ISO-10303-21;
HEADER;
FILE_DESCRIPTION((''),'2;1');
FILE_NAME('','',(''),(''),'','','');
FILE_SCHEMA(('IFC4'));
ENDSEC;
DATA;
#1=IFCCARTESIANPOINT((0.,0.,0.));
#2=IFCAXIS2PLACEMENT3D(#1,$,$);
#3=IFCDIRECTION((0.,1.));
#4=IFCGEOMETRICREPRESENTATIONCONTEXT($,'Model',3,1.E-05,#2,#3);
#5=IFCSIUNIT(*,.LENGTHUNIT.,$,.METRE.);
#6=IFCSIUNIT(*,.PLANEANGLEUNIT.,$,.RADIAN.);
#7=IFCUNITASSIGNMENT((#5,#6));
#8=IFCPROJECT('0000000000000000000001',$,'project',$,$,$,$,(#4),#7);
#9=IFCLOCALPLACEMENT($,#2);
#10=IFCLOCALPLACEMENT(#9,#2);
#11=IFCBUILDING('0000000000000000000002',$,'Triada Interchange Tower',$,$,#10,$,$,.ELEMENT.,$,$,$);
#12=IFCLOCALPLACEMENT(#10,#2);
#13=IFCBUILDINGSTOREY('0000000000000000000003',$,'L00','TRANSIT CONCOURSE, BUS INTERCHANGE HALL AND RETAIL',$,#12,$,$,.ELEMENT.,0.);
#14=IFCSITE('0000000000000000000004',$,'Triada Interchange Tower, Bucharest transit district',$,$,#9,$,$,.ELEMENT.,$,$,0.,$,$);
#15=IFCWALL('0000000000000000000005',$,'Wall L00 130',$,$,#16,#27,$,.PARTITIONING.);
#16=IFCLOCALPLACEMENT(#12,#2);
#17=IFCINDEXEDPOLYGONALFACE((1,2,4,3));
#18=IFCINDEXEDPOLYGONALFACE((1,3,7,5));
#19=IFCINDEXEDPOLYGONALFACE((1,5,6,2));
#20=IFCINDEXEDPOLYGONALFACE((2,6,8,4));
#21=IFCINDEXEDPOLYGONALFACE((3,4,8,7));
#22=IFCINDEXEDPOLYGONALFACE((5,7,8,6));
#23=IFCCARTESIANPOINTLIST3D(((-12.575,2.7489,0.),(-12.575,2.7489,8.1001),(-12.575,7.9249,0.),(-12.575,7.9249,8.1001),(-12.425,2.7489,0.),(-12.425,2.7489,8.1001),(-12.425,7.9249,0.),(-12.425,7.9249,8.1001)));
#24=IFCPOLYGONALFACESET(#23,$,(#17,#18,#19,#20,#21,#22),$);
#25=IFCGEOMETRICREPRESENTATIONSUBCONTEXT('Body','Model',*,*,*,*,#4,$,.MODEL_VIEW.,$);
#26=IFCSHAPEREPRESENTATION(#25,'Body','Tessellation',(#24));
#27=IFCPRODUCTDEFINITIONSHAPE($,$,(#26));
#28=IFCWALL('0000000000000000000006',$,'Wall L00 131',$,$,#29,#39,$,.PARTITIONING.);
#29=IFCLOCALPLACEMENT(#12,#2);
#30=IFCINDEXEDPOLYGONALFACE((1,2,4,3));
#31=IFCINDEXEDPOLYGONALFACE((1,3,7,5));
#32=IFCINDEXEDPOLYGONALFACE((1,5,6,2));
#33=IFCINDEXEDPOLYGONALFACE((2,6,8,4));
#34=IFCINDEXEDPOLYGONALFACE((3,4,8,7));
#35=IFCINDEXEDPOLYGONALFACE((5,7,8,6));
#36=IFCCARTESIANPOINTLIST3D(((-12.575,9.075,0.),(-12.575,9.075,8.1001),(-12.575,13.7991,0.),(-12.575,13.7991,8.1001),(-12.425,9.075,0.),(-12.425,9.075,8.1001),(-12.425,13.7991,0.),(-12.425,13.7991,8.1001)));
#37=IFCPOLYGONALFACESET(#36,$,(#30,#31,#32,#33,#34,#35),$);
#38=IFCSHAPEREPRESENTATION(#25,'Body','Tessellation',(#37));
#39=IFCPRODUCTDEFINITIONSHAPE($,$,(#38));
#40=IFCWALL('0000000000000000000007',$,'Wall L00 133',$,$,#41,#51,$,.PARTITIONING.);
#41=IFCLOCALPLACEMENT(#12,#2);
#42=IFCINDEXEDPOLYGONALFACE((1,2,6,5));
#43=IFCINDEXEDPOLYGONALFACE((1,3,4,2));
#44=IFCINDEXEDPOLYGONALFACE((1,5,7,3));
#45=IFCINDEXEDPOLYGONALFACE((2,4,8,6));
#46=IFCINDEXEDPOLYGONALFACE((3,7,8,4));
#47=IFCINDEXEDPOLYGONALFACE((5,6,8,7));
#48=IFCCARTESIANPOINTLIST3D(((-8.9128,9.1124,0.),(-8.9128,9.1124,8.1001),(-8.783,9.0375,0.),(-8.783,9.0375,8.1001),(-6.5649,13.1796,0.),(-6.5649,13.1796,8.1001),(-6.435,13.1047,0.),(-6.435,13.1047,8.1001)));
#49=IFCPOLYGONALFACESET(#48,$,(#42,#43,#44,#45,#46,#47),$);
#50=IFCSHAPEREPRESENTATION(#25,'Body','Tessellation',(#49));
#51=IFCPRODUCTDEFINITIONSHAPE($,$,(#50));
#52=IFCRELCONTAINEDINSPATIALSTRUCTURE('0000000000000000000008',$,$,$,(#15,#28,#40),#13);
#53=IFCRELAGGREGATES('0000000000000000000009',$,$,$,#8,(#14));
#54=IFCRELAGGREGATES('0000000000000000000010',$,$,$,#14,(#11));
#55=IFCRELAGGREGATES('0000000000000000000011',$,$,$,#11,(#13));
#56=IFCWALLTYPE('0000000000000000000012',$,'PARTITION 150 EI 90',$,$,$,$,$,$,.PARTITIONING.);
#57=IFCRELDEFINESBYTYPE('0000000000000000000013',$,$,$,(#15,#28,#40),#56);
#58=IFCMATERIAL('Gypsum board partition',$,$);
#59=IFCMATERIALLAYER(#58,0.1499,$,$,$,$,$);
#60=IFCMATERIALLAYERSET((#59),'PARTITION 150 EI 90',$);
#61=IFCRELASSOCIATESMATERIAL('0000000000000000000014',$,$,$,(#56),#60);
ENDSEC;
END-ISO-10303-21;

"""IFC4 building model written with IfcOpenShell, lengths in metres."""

from ifc_helpers import new_model, si_unit, direction, frame, frame_2d, origin, place, context, subcontext, project, spatial, rectangle, extrude, material, layer, layer_set, type_object, element, save


model = new_model("IFC4")

# Units and contexts
model_context = context("Model", 3, precision=1e-05, world=origin(), true_north=direction((0.0, 1.0)))
body_context = subcontext(model_context, "Body", "Model", "MODEL_VIEW")
ifc_project = project(units=[si_unit("LENGTHUNIT", "METRE"), si_unit("PLANEANGLEUNIT", "RADIAN")], contexts=[model_context])

# Site, building, storey
site_placement = place(None, origin())
site = spatial("IfcSite", under=ifc_project, at=site_placement, Name="Triada Interchange Tower, Bucharest transit district", CompositionType="ELEMENT", RefElevation=0.0)
building_placement = place(site_placement, origin())
building = spatial("IfcBuilding", under=site, at=building_placement, Name="Triada Interchange Tower", CompositionType="ELEMENT")
storey_placement = place(building_placement, origin())
storey = spatial("IfcBuildingStorey", under=building, at=storey_placement, Name="L00", Description="TRANSIT CONCOURSE, BUS INTERCHANGE HALL AND RETAIL", CompositionType="ELEMENT", Elevation=0.0)

# Walls
ifc_material_1 = material(Name="Gypsum board partition")
ifc_layer_1 = layer(ifc_material_1, 0.1499)
ifc_layer_set_1 = layer_set([ifc_layer_1], Name="PARTITION 150 EI 90")
wall_type_1 = type_object("IfcWallType", Name="PARTITION 150 EI 90", PredefinedType="PARTITIONING", material=ifc_layer_set_1)
wall_1_placement = place(storey_placement, frame((-12.5, 2.749, 0.0), z_axis=(0.0, 0.0, 1.0), x_axis=(0.0, 1.0, 0.0)))
element("IfcWall", 1, at=wall_1_placement, inside=storey, type_object=wall_type_1, Name="Wall L00 130", PredefinedType="PARTITIONING", context=body_context, shape_type="SweptSolid", body=[
    extrude(rectangle(XDim=5.176, YDim=0.1499, at=frame_2d((2.5879, 0.0))), origin(), (0.0, 0.0, 1.0), 8.1001),
])
wall_2_placement = place(storey_placement, frame((-12.5, 9.075, 0.0), z_axis=(0.0, 0.0, 1.0), x_axis=(0.0, 1.0, 0.0)))
element("IfcWall", 2, at=wall_2_placement, inside=storey, type_object=wall_type_1, Name="Wall L00 131", PredefinedType="PARTITIONING", context=body_context, shape_type="SweptSolid", body=[
    extrude(rectangle(XDim=4.7241, YDim=0.1499, at=frame_2d((2.3621, 0.0))), origin(), (0.0, 0.0, 1.0), 8.1001),
])
wall_3_placement = place(storey_placement, frame((-8.8479, 9.075, 0.0), z_axis=(0.0, 0.0, 1.0), x_axis=(0.499958, 0.86605, 0.0)))
element("IfcWall", 3, at=wall_3_placement, inside=storey, type_object=wall_type_1, Name="Wall L00 133", PredefinedType="PARTITIONING", context=body_context, shape_type="SweptSolid", body=[
    extrude(rectangle(XDim=4.6963, YDim=0.1499, at=frame_2d((2.3481, 0.0))), origin(), (0.0, 0.0, 1.0), 8.1001),
])

save(model, "model.ifc")
